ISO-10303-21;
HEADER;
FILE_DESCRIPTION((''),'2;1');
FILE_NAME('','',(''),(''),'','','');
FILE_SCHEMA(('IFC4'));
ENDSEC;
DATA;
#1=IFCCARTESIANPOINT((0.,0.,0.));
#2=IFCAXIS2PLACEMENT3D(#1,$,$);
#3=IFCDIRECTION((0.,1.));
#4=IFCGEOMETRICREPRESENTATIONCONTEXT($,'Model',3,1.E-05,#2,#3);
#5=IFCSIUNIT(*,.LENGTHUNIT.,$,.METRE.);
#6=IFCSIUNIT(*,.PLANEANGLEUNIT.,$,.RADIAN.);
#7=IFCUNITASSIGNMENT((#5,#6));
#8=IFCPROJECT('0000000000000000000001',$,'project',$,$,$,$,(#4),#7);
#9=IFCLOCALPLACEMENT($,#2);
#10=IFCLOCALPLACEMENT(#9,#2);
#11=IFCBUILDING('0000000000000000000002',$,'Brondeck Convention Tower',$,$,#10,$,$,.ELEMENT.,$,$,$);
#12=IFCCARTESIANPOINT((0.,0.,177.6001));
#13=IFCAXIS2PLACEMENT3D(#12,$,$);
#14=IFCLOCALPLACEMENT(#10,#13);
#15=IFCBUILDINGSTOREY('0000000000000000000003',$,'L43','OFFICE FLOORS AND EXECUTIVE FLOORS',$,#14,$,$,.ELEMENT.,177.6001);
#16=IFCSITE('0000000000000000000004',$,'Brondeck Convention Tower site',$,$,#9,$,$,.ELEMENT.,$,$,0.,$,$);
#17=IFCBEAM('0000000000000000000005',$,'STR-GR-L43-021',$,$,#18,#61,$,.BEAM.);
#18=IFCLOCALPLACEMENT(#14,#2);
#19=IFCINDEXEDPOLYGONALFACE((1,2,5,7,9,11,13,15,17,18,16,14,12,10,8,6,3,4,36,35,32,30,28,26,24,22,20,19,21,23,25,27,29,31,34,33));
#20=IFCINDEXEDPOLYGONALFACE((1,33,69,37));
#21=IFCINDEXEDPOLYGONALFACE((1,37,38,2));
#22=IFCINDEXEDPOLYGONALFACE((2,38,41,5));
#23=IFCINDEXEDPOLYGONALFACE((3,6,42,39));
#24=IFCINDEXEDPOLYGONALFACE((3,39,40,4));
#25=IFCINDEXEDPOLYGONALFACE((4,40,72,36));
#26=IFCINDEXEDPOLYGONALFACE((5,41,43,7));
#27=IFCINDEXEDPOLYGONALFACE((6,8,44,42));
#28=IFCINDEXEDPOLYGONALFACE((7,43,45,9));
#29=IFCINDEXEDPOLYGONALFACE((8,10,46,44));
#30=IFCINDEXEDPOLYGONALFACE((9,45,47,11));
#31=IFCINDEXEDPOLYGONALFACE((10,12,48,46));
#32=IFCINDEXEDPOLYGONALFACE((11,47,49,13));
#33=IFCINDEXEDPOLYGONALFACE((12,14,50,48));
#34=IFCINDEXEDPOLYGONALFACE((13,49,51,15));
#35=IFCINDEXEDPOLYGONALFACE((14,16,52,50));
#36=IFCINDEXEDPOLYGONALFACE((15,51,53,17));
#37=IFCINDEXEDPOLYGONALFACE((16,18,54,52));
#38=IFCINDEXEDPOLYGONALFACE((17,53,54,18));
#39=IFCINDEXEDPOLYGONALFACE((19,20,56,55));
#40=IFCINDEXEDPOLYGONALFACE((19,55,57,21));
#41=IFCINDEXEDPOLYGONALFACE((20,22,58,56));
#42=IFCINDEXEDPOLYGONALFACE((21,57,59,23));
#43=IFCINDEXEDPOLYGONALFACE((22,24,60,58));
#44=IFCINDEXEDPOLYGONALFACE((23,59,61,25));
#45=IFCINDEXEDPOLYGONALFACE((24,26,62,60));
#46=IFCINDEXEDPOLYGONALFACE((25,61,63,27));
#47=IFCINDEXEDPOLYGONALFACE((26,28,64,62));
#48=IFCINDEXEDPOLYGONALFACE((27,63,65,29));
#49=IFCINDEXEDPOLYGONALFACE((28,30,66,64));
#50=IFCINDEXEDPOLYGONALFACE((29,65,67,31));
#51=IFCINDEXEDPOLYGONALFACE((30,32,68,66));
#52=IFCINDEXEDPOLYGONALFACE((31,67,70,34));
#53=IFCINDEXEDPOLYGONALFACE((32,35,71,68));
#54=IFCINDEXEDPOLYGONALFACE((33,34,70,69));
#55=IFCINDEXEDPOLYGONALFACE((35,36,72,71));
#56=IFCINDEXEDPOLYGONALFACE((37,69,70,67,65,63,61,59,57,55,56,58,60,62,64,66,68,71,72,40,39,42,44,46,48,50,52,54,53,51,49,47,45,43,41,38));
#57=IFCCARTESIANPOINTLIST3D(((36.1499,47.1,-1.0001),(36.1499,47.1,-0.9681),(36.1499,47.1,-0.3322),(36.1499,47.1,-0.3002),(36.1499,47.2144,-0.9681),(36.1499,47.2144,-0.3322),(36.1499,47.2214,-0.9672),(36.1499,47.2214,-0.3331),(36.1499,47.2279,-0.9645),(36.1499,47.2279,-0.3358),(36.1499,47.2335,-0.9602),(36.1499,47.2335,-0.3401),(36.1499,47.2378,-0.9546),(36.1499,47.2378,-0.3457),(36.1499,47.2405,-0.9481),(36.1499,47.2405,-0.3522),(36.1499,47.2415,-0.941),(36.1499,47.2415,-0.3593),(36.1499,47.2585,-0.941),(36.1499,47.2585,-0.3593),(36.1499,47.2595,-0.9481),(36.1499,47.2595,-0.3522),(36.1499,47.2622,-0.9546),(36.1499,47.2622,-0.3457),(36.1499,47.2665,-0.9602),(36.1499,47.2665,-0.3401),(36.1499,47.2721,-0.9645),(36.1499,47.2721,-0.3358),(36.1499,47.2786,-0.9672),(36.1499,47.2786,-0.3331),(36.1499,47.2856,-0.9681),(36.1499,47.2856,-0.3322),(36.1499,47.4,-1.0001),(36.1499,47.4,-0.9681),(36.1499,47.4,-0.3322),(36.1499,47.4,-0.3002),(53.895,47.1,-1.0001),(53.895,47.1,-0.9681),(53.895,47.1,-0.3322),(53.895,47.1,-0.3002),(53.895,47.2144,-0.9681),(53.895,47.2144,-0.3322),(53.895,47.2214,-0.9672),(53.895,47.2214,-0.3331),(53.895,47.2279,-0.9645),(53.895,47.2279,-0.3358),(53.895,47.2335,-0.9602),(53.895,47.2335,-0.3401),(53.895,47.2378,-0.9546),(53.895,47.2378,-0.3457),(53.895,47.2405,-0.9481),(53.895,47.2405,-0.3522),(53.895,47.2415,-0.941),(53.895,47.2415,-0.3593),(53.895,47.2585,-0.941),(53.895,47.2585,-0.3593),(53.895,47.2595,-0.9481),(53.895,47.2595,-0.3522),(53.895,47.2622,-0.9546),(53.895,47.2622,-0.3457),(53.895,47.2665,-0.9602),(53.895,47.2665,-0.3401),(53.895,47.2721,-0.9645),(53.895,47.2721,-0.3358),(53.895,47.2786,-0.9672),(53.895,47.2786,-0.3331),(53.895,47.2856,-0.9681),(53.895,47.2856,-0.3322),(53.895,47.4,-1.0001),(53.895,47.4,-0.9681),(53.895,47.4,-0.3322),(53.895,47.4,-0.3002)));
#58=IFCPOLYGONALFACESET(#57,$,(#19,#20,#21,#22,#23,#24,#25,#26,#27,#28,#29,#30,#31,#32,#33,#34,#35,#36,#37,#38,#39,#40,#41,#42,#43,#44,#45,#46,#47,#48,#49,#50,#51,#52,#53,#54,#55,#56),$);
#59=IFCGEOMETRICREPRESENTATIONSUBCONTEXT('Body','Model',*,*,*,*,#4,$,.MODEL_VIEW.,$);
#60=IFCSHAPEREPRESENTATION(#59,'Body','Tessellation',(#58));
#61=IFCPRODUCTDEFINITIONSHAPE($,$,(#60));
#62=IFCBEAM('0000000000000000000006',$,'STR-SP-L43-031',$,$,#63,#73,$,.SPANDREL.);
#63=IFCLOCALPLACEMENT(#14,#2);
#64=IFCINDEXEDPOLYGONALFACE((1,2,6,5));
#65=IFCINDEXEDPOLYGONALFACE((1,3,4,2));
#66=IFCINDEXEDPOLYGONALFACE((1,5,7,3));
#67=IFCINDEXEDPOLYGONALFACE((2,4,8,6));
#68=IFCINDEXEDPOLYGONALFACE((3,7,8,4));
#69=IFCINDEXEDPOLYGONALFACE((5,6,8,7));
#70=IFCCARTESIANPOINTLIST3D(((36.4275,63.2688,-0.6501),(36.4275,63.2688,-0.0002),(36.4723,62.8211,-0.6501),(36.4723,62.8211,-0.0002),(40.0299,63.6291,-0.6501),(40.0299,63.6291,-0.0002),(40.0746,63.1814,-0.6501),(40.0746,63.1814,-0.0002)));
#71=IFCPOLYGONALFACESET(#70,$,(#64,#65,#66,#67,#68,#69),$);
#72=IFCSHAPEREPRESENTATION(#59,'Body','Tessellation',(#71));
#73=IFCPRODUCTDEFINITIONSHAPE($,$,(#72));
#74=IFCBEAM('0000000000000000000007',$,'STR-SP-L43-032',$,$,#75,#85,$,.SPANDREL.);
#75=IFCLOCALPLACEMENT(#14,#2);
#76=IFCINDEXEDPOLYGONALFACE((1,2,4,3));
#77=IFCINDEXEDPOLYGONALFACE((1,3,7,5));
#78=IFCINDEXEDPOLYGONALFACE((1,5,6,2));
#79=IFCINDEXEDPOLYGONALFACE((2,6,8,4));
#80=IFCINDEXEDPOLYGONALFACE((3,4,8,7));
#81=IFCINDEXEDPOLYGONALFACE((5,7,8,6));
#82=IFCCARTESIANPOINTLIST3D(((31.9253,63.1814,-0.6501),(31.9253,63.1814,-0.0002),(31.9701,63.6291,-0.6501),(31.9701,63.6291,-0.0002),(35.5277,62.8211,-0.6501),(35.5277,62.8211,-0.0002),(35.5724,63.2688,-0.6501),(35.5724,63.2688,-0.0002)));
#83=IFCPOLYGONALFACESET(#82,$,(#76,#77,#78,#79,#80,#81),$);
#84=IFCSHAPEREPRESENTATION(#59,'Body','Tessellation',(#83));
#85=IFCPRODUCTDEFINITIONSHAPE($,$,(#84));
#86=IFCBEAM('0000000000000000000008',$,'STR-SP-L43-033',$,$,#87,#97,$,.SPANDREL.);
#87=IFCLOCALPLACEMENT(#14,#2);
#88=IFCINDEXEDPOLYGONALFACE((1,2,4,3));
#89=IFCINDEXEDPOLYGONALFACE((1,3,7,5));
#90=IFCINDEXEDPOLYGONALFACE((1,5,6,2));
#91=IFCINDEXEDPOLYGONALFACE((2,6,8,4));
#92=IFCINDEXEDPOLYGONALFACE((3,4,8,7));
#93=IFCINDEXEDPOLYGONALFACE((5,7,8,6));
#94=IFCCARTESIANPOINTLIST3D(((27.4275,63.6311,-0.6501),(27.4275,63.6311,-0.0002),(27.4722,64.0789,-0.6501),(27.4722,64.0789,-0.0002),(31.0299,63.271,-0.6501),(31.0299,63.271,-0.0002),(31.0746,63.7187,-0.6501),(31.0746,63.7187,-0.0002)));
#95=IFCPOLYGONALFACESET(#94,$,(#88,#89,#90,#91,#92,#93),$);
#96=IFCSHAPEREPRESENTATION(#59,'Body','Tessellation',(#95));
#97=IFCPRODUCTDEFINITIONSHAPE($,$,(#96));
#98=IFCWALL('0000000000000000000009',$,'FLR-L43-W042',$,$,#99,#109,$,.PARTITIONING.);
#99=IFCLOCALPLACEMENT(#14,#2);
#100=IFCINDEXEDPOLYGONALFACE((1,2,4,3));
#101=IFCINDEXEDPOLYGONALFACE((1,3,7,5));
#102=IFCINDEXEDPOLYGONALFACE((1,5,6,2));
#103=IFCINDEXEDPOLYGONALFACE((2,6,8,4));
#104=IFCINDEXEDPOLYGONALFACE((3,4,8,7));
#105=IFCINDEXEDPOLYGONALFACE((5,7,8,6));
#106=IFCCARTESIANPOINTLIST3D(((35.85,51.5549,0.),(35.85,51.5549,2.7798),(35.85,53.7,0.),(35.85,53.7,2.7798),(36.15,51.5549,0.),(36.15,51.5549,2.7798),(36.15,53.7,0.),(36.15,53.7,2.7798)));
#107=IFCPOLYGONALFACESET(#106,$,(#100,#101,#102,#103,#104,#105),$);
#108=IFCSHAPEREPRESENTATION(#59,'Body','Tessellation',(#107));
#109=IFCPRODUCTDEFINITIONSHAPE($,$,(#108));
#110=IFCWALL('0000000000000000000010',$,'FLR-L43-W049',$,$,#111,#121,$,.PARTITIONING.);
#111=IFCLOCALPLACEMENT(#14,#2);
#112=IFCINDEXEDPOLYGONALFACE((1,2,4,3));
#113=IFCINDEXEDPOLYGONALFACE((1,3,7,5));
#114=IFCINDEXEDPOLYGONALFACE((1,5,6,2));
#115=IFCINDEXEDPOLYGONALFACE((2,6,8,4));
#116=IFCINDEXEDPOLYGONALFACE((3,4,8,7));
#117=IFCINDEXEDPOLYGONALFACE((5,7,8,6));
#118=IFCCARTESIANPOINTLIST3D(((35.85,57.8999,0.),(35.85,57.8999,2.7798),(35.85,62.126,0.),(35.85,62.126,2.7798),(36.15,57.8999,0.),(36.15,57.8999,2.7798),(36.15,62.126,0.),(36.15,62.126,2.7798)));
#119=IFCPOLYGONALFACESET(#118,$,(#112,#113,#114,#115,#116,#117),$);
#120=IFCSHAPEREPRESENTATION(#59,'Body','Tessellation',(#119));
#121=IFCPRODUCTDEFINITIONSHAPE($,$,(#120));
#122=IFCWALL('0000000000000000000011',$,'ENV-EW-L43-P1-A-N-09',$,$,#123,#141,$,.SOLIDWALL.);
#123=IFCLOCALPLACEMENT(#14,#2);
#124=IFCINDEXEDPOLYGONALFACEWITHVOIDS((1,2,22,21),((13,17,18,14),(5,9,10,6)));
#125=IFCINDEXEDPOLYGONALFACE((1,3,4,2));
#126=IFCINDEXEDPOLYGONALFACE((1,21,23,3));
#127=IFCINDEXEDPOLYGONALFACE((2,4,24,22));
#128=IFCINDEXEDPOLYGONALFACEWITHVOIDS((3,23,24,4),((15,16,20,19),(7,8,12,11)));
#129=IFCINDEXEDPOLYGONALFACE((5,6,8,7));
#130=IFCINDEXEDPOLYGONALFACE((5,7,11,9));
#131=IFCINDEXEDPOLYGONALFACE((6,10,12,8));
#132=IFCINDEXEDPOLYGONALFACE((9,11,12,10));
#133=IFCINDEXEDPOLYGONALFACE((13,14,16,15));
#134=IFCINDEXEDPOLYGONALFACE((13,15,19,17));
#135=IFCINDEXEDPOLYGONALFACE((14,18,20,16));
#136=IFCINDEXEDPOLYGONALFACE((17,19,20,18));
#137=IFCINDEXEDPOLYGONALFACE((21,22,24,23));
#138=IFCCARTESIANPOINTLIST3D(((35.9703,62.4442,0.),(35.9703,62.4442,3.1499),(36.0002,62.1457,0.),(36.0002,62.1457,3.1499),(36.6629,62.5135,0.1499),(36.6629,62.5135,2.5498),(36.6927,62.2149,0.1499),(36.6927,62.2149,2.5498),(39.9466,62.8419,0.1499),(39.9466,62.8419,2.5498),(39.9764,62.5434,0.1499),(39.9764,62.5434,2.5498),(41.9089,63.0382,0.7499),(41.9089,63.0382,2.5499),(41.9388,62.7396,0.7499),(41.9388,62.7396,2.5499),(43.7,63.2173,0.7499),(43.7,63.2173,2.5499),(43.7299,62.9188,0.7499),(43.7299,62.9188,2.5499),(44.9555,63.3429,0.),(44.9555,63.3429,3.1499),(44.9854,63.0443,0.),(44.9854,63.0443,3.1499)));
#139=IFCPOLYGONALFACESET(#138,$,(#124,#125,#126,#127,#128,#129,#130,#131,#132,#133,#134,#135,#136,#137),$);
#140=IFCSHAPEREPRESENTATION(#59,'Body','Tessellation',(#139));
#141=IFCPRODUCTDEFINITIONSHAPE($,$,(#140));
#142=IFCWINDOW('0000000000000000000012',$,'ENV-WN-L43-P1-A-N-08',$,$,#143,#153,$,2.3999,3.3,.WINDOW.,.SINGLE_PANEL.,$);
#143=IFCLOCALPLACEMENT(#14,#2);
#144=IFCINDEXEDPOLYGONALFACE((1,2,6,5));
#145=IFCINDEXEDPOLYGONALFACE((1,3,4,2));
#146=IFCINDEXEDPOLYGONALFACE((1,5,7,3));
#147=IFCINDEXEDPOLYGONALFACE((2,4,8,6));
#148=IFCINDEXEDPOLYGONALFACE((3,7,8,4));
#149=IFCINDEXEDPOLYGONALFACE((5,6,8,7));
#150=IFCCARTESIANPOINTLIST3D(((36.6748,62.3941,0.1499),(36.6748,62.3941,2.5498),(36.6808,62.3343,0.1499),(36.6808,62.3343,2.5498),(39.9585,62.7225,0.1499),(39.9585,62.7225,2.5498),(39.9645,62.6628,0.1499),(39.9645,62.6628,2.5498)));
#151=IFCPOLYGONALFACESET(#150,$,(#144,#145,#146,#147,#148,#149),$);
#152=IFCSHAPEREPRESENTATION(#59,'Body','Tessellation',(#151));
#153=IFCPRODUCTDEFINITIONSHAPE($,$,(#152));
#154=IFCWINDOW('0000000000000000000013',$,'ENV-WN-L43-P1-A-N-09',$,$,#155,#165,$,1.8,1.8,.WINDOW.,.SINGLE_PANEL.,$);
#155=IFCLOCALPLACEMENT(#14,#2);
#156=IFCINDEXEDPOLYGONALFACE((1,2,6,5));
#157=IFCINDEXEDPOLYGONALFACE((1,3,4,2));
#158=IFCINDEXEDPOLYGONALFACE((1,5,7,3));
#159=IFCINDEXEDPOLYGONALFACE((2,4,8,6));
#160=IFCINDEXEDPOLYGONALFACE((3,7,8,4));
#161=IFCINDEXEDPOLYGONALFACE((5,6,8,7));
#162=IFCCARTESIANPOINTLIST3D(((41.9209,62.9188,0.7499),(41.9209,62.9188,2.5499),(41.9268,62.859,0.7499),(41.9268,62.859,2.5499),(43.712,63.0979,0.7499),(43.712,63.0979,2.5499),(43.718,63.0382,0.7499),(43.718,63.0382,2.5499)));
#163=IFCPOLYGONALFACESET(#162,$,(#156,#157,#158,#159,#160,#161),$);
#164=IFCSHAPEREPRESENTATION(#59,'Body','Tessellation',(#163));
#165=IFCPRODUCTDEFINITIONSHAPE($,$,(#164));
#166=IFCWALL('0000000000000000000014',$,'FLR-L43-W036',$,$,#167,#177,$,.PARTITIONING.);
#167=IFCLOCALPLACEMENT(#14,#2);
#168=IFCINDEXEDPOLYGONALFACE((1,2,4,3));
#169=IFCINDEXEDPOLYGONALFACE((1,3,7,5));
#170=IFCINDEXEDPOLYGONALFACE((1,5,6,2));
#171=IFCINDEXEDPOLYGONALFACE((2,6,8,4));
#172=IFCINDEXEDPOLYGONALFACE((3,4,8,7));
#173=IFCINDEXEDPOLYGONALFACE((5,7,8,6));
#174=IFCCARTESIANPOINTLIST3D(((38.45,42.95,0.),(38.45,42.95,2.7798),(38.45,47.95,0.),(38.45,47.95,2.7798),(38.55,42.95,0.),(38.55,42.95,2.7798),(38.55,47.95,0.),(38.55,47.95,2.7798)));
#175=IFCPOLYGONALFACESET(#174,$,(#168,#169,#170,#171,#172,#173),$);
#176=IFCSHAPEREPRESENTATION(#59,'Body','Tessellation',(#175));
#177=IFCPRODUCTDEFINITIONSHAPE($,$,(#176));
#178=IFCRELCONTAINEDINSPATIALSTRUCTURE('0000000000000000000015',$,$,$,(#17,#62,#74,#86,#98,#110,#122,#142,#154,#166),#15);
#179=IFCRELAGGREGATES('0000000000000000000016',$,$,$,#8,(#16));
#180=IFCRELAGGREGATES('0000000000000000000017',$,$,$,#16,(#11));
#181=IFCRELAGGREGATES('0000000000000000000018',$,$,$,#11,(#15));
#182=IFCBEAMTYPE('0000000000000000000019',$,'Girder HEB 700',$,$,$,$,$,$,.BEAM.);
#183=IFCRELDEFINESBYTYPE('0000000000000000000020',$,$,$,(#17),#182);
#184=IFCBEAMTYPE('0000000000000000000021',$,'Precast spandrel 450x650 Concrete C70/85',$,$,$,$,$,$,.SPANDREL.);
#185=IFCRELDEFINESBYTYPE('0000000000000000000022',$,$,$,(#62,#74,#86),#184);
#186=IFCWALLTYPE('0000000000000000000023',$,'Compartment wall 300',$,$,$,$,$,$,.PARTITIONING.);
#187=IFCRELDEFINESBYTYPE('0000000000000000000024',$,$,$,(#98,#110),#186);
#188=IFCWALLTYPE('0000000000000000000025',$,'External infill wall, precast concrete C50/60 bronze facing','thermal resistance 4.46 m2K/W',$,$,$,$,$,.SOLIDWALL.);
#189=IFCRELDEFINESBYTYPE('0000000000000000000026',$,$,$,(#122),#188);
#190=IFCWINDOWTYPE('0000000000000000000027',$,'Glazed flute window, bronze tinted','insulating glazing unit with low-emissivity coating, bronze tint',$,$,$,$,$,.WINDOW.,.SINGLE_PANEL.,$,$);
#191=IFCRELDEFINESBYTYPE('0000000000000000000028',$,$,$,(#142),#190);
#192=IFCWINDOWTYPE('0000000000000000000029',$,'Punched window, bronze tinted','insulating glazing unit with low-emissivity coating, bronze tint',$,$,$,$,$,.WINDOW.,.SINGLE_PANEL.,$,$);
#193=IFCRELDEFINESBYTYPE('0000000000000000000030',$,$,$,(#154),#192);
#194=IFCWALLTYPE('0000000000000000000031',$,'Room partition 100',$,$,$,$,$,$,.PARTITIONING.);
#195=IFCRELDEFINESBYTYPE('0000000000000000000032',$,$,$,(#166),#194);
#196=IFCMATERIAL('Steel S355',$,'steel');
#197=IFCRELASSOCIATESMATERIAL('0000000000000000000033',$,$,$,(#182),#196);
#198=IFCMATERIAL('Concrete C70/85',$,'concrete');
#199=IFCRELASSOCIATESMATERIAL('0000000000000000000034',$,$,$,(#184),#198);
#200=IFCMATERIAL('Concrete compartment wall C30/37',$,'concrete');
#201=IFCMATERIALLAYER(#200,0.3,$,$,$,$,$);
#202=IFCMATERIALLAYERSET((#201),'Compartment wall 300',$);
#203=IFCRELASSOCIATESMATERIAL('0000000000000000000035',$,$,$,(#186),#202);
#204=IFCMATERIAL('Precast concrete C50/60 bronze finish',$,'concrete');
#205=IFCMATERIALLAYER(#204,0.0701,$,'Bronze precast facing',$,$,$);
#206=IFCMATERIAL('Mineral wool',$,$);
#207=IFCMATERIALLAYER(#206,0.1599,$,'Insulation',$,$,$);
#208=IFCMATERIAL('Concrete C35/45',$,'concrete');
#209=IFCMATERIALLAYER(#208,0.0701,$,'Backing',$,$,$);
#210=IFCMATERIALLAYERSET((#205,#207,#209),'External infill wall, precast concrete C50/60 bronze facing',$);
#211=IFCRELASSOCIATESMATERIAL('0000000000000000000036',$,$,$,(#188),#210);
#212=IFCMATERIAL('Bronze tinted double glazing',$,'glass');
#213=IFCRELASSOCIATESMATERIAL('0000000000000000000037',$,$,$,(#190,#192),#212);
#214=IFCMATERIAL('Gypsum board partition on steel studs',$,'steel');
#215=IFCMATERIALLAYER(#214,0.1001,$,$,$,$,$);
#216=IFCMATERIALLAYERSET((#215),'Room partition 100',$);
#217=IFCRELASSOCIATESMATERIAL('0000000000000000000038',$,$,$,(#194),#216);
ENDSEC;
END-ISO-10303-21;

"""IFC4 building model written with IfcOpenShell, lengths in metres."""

from ifc_helpers import new_model, si_unit, direction, frame, frame_2d, origin, origin_2d, place, context, subcontext, project, spatial, rectangle, i_section, extrude, material, layer, layer_set, material_profile, profile_set, type_object, element, fill, save


model = new_model("IFC4")

# Units and contexts
model_context = context("Model", 3, precision=1e-05, world=origin(), true_north=direction((0.0, 1.0)))
body_context = subcontext(model_context, "Body", "Model", "MODEL_VIEW")
ifc_project = project(units=[si_unit("LENGTHUNIT", "METRE"), si_unit("PLANEANGLEUNIT", "RADIAN")], contexts=[model_context])

# Site, building, storey
site_placement = place(None, origin())
site = spatial("IfcSite", under=ifc_project, at=site_placement, Name="Brondeck Convention Tower site", CompositionType="ELEMENT", RefElevation=0.0)
building_placement = place(site_placement, origin())
building = spatial("IfcBuilding", under=site, at=building_placement, Name="Brondeck Convention Tower", CompositionType="ELEMENT")
storey_placement = place(building_placement, frame((0.0, 0.0, 177.6001)))
storey = spatial("IfcBuildingStorey", under=building, at=storey_placement, Name="L43", Description="OFFICE FLOORS AND EXECUTIVE FLOORS", CompositionType="ELEMENT", Elevation=177.6001)

# Shared definitions
ifc_material_1 = material(Name="Concrete C70/85", Category="concrete")

# Beams
ifc_material_2 = material(Name="Steel S355", Category="steel")
ifc_material_profile_1 = material_profile(ifc_material_2, i_section(OverallWidth=0.3, OverallDepth=0.7, WebThickness=0.0171, FlangeThickness=0.032, FilletRadius=0.0271, at=origin_2d()), Name="HEB 700")
ifc_profile_set_1 = profile_set([ifc_material_profile_1], Name="Steel S355")
beam_type_1 = type_object("IfcBeamType", Name="Girder HEB 700", PredefinedType="BEAM", material=ifc_profile_set_1)
beam_1_placement = place(storey_placement, frame((36.1499, 47.25, -0.6501), z_axis=(1.0, 0.0, 0.0), x_axis=(0.0, 1.0, 0.0)))
element("IfcBeam", 1, at=beam_1_placement, inside=storey, type_object=beam_type_1, Name="STR-GR-L43-021", PredefinedType="BEAM", context=body_context, shape_type="SweptSolid", body=[
    extrude(i_section(OverallWidth=0.3, OverallDepth=0.7, WebThickness=0.0171, FlangeThickness=0.032, FilletRadius=0.0271, at=origin_2d()), origin(), (0.0, 0.0, 1.0), 17.7451),
])
ifc_material_profile_2 = material_profile(ifc_material_1, rectangle(XDim=0.45, YDim=0.6499, at=origin_2d()), Name="Precast spandrel 450x650 Concrete C70/85")
ifc_profile_set_2 = profile_set([ifc_material_profile_2], Name="Concrete C70/85")
beam_type_2 = type_object("IfcBeamType", Name="Precast spandrel 450x650 Concrete C70/85", PredefinedType="SPANDREL", material=ifc_profile_set_2)
for number, where, z_axis, x_axis, name in (
    (2, (40.0522, 63.4053, -0.3252), (-0.995034, -0.099537, 0.0), (0.099537, -0.995034, 0.0), "STR-SP-L43-031"),
    (3, (35.55, 63.0449, -0.3252), (-0.995034, 0.099537, 0.0), (-0.099537, -0.995034, 0.0), "STR-SP-L43-032"),
    (4, (31.0522, 63.4949, -0.3252), (-0.995041, 0.09947, 0.0), (-0.09947, -0.995041, 0.0), "STR-SP-L43-033"),
):
    element("IfcBeam", number, at=place(storey_placement, frame(where, z_axis=z_axis, x_axis=x_axis)), inside=storey, type_object=beam_type_2, Name=name, PredefinedType="SPANDREL", context=body_context, shape_type="SweptSolid", body=[
        extrude(rectangle(XDim=0.45, YDim=0.6499, at=origin_2d()), origin(), (0.0, 0.0, 1.0), 3.6204),
    ])

# Walls
ifc_material_3 = material(Name="Concrete compartment wall C30/37", Category="concrete")
ifc_layer_1 = layer(ifc_material_3, 0.3)
ifc_layer_set_1 = layer_set([ifc_layer_1], Name="Compartment wall 300")
wall_type_1 = type_object("IfcWallType", Name="Compartment wall 300", PredefinedType="PARTITIONING", material=ifc_layer_set_1)
wall_1_placement = place(storey_placement, frame((36.0, 51.5549, 0.0), z_axis=(0.0, 0.0, 1.0), x_axis=(0.0, 1.0, 0.0)))
element("IfcWall", 5, at=wall_1_placement, inside=storey, type_object=wall_type_1, Name="FLR-L43-W042", PredefinedType="PARTITIONING", context=body_context, shape_type="SweptSolid", body=[
    extrude(rectangle(XDim=2.145, YDim=0.3, at=frame_2d((1.0725, 0.0))), origin(), (0.0, 0.0, 1.0), 2.7798),
])
wall_2_placement = place(storey_placement, frame((36.0, 57.8999, 0.0), z_axis=(0.0, 0.0, 1.0), x_axis=(0.0, 1.0, 0.0)))
element("IfcWall", 6, at=wall_2_placement, inside=storey, type_object=wall_type_1, Name="FLR-L43-W049", PredefinedType="PARTITIONING", context=body_context, shape_type="SweptSolid", body=[
    extrude(rectangle(XDim=4.2261, YDim=0.3, at=frame_2d((2.113, 0.0))), origin(), (0.0, 0.0, 1.0), 2.7798),
])

# Wall, openings, windows
ifc_material_4 = material(Name="Precast concrete C50/60 bronze finish", Category="concrete")
ifc_layer_2 = layer(ifc_material_4, 0.0701, Name="Bronze precast facing")
ifc_material_5 = material(Name="Mineral wool")
ifc_layer_3 = layer(ifc_material_5, 0.1599, Name="Insulation")
ifc_material_6 = material(Name="Concrete C35/45", Category="concrete")
ifc_layer_4 = layer(ifc_material_6, 0.0701, Name="Backing")
ifc_layer_set_2 = layer_set([ifc_layer_2, ifc_layer_3, ifc_layer_4], Name="External infill wall, precast concrete C50/60 bronze facing")
wall_type_2 = type_object("IfcWallType", Name="External infill wall, precast concrete C50/60 bronze facing", Description="thermal resistance 4.46 m2K/W", PredefinedType="SOLIDWALL", material=ifc_layer_set_2)
wall_3_placement = place(storey_placement, frame((35.9851, 62.2949, 0.0), z_axis=(0.0, 0.0, 1.0), x_axis=(0.995035, 0.099522, 0.0)))
wall_3 = element("IfcWall", 7, at=wall_3_placement, inside=storey, type_object=wall_type_2, Name="ENV-EW-L43-P1-A-N-09", PredefinedType="SOLIDWALL", context=body_context, shape_type="SweptSolid", body=[
    extrude(rectangle(XDim=9.03, YDim=0.3, at=frame_2d((4.5151, 0.0))), origin(), (0.0, 0.0, 1.0), 3.1499),
])
opening_1_placement = place(wall_3_placement, frame((0.6963, 0.0, 0.1499)))
opening_1 = element("IfcOpeningElement", 8, at=opening_1_placement, cuts=wall_3, PredefinedType="OPENING", context=body_context, shape_type="SweptSolid", body=[
    extrude(rectangle(XDim=3.3, YDim=2.3999, at=frame_2d((1.6499, 1.2))), frame((0.0, 0.1599, 0.0), z_axis=(0.0, -1.0, 0.0), x_axis=(1.0, 0.0, 0.0)), (0.0, 0.0, 1.0), 0.3201),
])
opening_2_placement = place(wall_3_placement, frame((5.9685, 0.0, 0.75)))
opening_2 = element("IfcOpeningElement", 9, at=opening_2_placement, cuts=wall_3, PredefinedType="OPENING", context=body_context, shape_type="SweptSolid", body=[
    extrude(rectangle(XDim=1.8, YDim=1.8, at=frame_2d((0.8999, 0.8999))), frame((0.0, 0.1599, 0.0), z_axis=(0.0, -1.0, 0.0), x_axis=(1.0, 0.0, 0.0)), (0.0, 0.0, 1.0), 0.3201),
])
ifc_material_7 = material(Name="Bronze tinted double glazing", Category="glass")
window_type_1 = type_object("IfcWindowType", Name="Glazed flute window, bronze tinted", Description="insulating glazing unit with low-emissivity coating, bronze tint", PartitioningType="SINGLE_PANEL", PredefinedType="WINDOW", material=ifc_material_7)
window_1_placement = place(opening_1_placement, origin())
window_1 = element("IfcWindow", 10, at=window_1_placement, inside=storey, type_object=window_type_1, Name="ENV-WN-L43-P1-A-N-08", OverallHeight=2.3999, OverallWidth=3.3, PartitioningType="SINGLE_PANEL", PredefinedType="WINDOW", context=body_context, shape_type="SweptSolid", body=[
    extrude(rectangle(XDim=3.3, YDim=2.3999, at=frame_2d((1.6499, 1.2))), frame((0.0, 0.03, 0.0), z_axis=(0.0, -1.0, 0.0), x_axis=(1.0, 0.0, 0.0)), (0.0, 0.0, 1.0), 0.0601),
])
fill(opening_1, window_1)
window_type_2 = type_object("IfcWindowType", Name="Punched window, bronze tinted", Description="insulating glazing unit with low-emissivity coating, bronze tint", PartitioningType="SINGLE_PANEL", PredefinedType="WINDOW", material=ifc_material_7)
window_2_placement = place(opening_2_placement, origin())
window_2 = element("IfcWindow", 11, at=window_2_placement, inside=storey, type_object=window_type_2, Name="ENV-WN-L43-P1-A-N-09", OverallHeight=1.8, OverallWidth=1.8, PartitioningType="SINGLE_PANEL", PredefinedType="WINDOW", context=body_context, shape_type="SweptSolid", body=[
    extrude(rectangle(XDim=1.8, YDim=1.8, at=frame_2d((0.8999, 0.8999))), frame((0.0, 0.03, 0.0), z_axis=(0.0, -1.0, 0.0), x_axis=(1.0, 0.0, 0.0)), (0.0, 0.0, 1.0), 0.0601),
])
fill(opening_2, window_2)

# Wall
ifc_material_8 = material(Name="Gypsum board partition on steel studs", Category="steel")
ifc_layer_5 = layer(ifc_material_8, 0.1001)
ifc_layer_set_3 = layer_set([ifc_layer_5], Name="Room partition 100")
wall_type_3 = type_object("IfcWallType", Name="Room partition 100", PredefinedType="PARTITIONING", material=ifc_layer_set_3)
wall_4_placement = place(storey_placement, frame((38.5, 47.95, 0.0), z_axis=(0.0, 0.0, 1.0), x_axis=(0.0, -1.0, 0.0)))
element("IfcWall", 12, at=wall_4_placement, inside=storey, type_object=wall_type_3, Name="FLR-L43-W036", PredefinedType="PARTITIONING", context=body_context, shape_type="SweptSolid", body=[
    extrude(rectangle(XDim=5.0, YDim=0.1001, at=frame_2d((2.5, 0.0))), origin(), (0.0, 0.0, 1.0), 2.7798),
])

save(model, "model.ifc")
